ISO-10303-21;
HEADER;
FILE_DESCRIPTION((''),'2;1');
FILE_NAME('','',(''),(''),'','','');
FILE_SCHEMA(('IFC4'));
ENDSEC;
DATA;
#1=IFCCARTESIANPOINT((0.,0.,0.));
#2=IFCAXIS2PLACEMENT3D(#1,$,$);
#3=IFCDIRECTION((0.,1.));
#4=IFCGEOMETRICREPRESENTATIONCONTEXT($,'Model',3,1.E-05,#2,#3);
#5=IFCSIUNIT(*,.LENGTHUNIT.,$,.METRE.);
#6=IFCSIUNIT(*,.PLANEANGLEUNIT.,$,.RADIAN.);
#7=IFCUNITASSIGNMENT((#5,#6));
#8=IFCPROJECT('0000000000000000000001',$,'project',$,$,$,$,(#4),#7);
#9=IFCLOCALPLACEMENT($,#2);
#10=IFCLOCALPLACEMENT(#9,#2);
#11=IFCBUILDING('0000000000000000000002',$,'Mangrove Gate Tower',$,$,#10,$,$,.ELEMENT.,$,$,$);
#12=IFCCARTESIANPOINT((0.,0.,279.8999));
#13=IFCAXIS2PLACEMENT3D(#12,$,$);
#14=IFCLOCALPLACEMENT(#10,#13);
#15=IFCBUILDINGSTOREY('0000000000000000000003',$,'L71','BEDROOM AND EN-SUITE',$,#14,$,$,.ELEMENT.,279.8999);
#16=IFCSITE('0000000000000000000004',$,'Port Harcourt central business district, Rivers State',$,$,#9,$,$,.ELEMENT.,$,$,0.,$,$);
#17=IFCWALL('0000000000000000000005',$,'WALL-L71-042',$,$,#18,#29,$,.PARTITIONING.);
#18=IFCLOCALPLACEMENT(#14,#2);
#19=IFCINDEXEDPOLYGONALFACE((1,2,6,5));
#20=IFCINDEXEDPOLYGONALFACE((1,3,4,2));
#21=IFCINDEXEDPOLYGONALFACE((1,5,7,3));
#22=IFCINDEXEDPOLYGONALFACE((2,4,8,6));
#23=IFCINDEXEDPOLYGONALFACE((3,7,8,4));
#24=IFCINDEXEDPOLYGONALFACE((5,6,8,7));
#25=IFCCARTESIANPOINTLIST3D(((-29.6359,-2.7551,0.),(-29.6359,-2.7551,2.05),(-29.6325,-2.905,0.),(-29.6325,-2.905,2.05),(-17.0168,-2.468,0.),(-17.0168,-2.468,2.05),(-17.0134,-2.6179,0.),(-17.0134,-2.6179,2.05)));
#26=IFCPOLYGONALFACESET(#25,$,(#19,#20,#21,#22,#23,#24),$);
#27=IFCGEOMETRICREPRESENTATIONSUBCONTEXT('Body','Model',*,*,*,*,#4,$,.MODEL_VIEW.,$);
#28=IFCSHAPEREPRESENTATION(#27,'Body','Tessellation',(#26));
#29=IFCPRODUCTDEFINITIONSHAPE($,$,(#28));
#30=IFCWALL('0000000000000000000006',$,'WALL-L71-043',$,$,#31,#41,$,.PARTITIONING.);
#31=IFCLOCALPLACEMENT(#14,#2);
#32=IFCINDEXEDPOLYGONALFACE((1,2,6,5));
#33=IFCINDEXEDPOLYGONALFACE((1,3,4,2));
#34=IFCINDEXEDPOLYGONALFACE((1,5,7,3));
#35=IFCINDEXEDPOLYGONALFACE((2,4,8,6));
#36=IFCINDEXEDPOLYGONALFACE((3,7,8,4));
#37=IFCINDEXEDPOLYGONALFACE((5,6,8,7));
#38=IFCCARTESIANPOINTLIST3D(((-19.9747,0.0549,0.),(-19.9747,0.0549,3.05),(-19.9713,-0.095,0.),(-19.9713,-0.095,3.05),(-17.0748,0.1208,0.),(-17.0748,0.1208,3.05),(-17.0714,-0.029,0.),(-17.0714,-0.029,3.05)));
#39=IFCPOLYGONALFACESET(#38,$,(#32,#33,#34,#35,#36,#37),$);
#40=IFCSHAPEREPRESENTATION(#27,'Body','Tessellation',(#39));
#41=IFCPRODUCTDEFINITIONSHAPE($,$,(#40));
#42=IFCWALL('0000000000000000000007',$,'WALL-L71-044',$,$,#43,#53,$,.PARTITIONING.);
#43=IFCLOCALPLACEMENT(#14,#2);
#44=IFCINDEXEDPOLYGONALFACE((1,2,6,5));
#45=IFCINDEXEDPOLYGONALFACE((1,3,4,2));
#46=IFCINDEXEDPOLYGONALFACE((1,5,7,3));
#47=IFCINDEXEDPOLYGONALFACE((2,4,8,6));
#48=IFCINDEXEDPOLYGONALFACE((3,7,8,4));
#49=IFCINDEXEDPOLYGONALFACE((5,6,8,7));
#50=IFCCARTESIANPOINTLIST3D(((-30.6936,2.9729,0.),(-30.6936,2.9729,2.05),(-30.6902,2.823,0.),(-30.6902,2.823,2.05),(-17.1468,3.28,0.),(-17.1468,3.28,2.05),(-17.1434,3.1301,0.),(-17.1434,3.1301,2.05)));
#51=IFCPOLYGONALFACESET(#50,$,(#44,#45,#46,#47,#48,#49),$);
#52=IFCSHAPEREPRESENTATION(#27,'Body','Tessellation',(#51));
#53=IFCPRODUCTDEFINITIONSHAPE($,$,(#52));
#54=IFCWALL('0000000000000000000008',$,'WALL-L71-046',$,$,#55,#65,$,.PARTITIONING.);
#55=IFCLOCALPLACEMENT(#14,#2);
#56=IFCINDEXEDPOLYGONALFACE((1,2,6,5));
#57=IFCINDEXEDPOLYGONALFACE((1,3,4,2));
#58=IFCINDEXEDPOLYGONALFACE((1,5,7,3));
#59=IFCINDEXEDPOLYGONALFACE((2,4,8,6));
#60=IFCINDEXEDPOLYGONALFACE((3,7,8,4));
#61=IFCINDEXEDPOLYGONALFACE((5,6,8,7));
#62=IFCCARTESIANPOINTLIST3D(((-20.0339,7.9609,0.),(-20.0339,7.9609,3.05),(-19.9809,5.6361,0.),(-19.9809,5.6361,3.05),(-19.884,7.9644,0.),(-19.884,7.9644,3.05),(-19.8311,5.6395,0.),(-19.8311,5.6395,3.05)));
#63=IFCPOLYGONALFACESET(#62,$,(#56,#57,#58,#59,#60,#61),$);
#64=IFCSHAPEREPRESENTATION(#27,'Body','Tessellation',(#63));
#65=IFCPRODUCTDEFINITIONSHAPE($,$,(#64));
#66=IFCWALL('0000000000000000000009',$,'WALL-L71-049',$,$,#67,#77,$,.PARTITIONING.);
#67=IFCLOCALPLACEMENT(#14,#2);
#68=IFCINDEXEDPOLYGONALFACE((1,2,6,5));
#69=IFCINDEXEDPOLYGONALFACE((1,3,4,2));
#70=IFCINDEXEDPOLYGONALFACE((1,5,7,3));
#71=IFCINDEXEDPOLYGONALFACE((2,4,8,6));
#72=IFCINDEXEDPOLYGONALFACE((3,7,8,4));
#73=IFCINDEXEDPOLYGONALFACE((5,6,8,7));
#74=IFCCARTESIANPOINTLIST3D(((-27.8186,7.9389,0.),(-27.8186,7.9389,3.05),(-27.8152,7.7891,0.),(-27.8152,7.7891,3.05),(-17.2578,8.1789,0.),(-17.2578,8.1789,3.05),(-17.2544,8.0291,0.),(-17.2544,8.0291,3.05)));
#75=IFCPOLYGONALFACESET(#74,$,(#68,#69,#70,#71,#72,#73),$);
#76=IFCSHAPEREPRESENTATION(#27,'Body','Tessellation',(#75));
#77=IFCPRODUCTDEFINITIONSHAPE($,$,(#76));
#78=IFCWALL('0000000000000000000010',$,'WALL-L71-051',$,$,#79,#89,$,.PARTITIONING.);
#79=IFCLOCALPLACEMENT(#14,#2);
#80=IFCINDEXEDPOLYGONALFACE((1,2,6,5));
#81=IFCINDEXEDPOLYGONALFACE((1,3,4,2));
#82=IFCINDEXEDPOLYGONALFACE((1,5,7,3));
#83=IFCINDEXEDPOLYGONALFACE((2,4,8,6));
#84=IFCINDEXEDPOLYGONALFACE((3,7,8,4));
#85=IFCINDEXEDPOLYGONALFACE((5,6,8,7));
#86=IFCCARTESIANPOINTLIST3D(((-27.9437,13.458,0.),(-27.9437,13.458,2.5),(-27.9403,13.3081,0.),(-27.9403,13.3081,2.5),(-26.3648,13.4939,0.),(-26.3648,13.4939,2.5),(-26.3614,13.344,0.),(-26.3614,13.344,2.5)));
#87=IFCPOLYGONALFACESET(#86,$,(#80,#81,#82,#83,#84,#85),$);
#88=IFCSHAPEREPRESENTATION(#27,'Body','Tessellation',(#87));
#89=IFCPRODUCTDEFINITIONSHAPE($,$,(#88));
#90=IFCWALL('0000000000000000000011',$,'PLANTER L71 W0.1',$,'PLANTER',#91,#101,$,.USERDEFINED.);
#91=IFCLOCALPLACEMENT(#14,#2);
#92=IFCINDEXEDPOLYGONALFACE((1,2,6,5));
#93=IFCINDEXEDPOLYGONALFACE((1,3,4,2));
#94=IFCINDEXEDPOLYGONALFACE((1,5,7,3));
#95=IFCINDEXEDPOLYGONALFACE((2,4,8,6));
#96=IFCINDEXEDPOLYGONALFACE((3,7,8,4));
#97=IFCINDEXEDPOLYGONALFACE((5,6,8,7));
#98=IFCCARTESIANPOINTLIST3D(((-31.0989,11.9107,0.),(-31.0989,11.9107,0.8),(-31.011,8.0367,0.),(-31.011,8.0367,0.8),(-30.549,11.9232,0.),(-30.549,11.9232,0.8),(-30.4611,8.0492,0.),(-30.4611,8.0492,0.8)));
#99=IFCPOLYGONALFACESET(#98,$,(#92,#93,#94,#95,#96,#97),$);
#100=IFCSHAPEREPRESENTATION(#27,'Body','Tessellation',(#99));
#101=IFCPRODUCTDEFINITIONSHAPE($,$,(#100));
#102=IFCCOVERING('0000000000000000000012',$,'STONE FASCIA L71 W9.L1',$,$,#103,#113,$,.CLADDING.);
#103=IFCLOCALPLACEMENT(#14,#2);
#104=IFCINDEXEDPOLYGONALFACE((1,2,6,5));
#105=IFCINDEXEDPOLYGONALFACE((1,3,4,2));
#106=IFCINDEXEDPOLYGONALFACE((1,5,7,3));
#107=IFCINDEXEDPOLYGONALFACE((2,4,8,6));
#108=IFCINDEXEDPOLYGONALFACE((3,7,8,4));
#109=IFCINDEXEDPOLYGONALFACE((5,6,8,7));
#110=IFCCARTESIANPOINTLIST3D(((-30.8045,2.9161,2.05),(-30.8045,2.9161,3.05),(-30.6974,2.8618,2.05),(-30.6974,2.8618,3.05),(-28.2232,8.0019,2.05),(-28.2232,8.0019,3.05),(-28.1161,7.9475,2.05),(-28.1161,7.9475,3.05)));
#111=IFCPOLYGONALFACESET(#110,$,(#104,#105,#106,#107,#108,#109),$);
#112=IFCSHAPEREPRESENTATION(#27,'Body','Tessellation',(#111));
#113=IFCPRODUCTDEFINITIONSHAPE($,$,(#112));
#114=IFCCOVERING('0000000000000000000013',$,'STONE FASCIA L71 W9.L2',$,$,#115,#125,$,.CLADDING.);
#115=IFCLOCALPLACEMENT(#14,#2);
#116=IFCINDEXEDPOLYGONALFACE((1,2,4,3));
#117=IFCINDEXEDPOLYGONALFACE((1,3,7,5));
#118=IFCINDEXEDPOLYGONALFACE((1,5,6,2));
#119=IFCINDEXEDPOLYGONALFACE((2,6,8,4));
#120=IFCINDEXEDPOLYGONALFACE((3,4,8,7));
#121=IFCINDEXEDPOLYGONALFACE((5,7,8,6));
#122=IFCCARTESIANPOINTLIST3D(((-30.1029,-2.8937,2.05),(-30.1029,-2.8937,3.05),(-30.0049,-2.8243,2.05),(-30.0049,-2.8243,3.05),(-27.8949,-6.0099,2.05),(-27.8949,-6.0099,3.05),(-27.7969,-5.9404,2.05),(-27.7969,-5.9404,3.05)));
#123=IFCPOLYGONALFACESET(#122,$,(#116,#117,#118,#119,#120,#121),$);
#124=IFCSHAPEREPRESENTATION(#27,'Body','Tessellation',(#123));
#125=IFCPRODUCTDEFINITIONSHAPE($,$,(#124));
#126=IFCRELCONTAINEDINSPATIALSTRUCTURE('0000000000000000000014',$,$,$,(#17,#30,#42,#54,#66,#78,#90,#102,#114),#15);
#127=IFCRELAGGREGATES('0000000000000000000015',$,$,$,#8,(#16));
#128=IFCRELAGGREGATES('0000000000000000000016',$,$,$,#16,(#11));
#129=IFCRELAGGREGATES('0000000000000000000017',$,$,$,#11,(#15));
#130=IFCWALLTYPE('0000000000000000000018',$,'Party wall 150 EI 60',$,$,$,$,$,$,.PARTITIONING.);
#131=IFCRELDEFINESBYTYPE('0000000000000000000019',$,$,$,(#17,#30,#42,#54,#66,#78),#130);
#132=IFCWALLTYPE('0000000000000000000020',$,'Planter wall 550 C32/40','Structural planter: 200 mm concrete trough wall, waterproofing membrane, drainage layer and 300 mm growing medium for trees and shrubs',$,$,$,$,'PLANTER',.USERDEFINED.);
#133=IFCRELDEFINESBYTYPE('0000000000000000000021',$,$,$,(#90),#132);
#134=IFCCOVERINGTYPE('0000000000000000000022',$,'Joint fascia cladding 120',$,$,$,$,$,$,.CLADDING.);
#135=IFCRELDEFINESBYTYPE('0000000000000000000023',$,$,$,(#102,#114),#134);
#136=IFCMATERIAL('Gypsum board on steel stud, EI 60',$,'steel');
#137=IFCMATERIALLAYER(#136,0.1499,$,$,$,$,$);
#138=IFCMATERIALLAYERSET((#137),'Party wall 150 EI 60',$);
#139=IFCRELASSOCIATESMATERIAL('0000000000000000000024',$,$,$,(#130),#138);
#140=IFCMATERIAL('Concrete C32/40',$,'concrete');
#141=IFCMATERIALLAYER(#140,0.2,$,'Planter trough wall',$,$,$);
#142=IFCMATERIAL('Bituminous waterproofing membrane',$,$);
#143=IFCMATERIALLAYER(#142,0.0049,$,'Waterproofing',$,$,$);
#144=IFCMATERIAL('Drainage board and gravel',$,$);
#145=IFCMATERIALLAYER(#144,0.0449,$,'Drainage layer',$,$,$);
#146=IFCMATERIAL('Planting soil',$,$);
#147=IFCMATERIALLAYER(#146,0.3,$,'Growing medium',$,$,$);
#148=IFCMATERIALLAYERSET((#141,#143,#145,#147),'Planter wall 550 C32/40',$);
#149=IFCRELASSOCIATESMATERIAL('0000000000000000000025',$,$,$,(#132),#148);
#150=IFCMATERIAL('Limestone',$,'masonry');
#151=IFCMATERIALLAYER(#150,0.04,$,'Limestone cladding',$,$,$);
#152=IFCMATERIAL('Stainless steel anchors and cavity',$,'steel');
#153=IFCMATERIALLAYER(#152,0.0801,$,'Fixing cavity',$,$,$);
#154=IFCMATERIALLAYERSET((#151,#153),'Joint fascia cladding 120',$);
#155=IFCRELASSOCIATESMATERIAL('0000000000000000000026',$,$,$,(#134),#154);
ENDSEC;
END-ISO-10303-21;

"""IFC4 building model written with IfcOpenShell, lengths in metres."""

from ifc_helpers import new_model, si_unit, direction, frame, frame_2d, origin, place, context, subcontext, project, spatial, rectangle, extrude, material, layer, layer_set, type_object, element, save


model = new_model("IFC4")

# Units and contexts
model_context = context("Model", 3, precision=1e-05, world=origin(), true_north=direction((0.0, 1.0)))
body_context = subcontext(model_context, "Body", "Model", "MODEL_VIEW")
ifc_project = project(units=[si_unit("LENGTHUNIT", "METRE"), si_unit("PLANEANGLEUNIT", "RADIAN")], contexts=[model_context])

# Site, building, storey
site_placement = place(None, origin())
site = spatial("IfcSite", under=ifc_project, at=site_placement, Name="Port Harcourt central business district, Rivers State", CompositionType="ELEMENT", RefElevation=0.0)
building_placement = place(site_placement, origin())
building = spatial("IfcBuilding", under=site, at=building_placement, Name="Mangrove Gate Tower", CompositionType="ELEMENT")
storey_placement = place(building_placement, frame((0.0, 0.0, 279.8999)))
storey = spatial("IfcBuildingStorey", under=building, at=storey_placement, Name="L71", Description="BEDROOM AND EN-SUITE", CompositionType="ELEMENT", Elevation=279.8999)

# Shared definitions
ifc_material_1 = material(Name="Limestone", Category="masonry")

# Walls
ifc_material_2 = material(Name="Gypsum board on steel stud, EI 60", Category="steel")
ifc_layer_1 = layer(ifc_material_2, 0.1499)
ifc_layer_set_1 = layer_set([ifc_layer_1], Name="Party wall 150 EI 60")
wall_type_1 = type_object("IfcWallType", Name="Party wall 150 EI 60", PredefinedType="PARTITIONING", material=ifc_layer_set_1)
wall_1_placement = place(storey_placement, frame((-29.634, -2.8301, 0.0), z_axis=(0.0, 0.0, 1.0), x_axis=(0.999741, 0.022746, 0.0)))
element("IfcWall", 1, at=wall_1_placement, inside=storey, type_object=wall_type_1, Name="WALL-L71-042", PredefinedType="PARTITIONING", context=body_context, shape_type="SweptSolid", body=[
    extrude(rectangle(XDim=12.6223, YDim=0.1499, at=frame_2d((6.311, 0.0))), origin(), (0.0, 0.0, 1.0), 2.05),
])
wall_2_placement = place(storey_placement, frame((-19.9729, -0.02, 0.0), z_axis=(0.0, 0.0, 1.0), x_axis=(0.999742, 0.022725, 0.0)))
element("IfcWall", 2, at=wall_2_placement, inside=storey, type_object=wall_type_1, Name="WALL-L71-043", PredefinedType="PARTITIONING", context=body_context, shape_type="SweptSolid", body=[
    extrude(rectangle(XDim=2.9006, YDim=0.1499, at=frame_2d((1.4502, 0.0))), origin(), (0.0, 0.0, 1.0), 3.05),
])
wall_3_placement = place(storey_placement, frame((-30.6919, 2.8979, 0.0), z_axis=(0.0, 0.0, 1.0), x_axis=(0.999743, 0.022666, 0.0)))
element("IfcWall", 3, at=wall_3_placement, inside=storey, type_object=wall_type_1, Name="WALL-L71-044", PredefinedType="PARTITIONING", context=body_context, shape_type="SweptSolid", body=[
    extrude(rectangle(XDim=13.5503, YDim=0.1499, at=frame_2d((6.7751, 0.0))), origin(), (0.0, 0.0, 1.0), 2.05),
])
wall_4_placement = place(storey_placement, frame((-19.906, 5.6379, 0.0), z_axis=(0.0, 0.0, 1.0), x_axis=(-0.022781, 0.99974, 0.0)))
element("IfcWall", 4, at=wall_4_placement, inside=storey, type_object=wall_type_1, Name="WALL-L71-046", PredefinedType="PARTITIONING", context=body_context, shape_type="SweptSolid", body=[
    extrude(rectangle(XDim=2.3254, YDim=0.1499, at=frame_2d((1.1626, 0.0))), origin(), (0.0, 0.0, 1.0), 3.05),
])
wall_5_placement = place(storey_placement, frame((-27.8169, 7.864, 0.0), z_axis=(0.0, 0.0, 1.0), x_axis=(0.999742, 0.022719, 0.0)))
element("IfcWall", 5, at=wall_5_placement, inside=storey, type_object=wall_type_1, Name="WALL-L71-049", PredefinedType="PARTITIONING", context=body_context, shape_type="SweptSolid", body=[
    extrude(rectangle(XDim=10.5635, YDim=0.1499, at=frame_2d((5.2817, 0.0))), origin(), (0.0, 0.0, 1.0), 3.05),
])
wall_6_placement = place(storey_placement, frame((-27.9419, 13.3831, 0.0), z_axis=(0.0, 0.0, 1.0), x_axis=(0.999742, 0.022725, 0.0)))
element("IfcWall", 6, at=wall_6_placement, inside=storey, type_object=wall_type_1, Name="WALL-L71-051", PredefinedType="PARTITIONING", context=body_context, shape_type="SweptSolid", body=[
    extrude(rectangle(XDim=1.5793, YDim=0.1499, at=frame_2d((0.7896, 0.0))), origin(), (0.0, 0.0, 1.0), 2.5),
])
ifc_material_3 = material(Name="Concrete C32/40", Category="concrete")
ifc_layer_2 = layer(ifc_material_3, 0.2, Name="Planter trough wall")
ifc_material_4 = material(Name="Bituminous waterproofing membrane")
ifc_layer_3 = layer(ifc_material_4, 0.0049, Name="Waterproofing")
ifc_material_5 = material(Name="Drainage board and gravel")
ifc_layer_4 = layer(ifc_material_5, 0.0449, Name="Drainage layer")
ifc_material_6 = material(Name="Planting soil")
ifc_layer_5 = layer(ifc_material_6, 0.3, Name="Growing medium")
ifc_layer_set_2 = layer_set([ifc_layer_2, ifc_layer_3, ifc_layer_4, ifc_layer_5], Name="Planter wall 550 C32/40")
wall_type_2 = type_object("IfcWallType", Name="Planter wall 550 C32/40", Description="Structural planter: 200 mm concrete trough wall, waterproofing membrane, drainage layer and 300 mm growing medium for trees and shrubs", ElementType="PLANTER", PredefinedType="USERDEFINED", material=ifc_layer_set_2)
wall_7_placement = place(storey_placement, frame((-30.7361, 8.043, 0.0), z_axis=(0.0, 0.0, 1.0), x_axis=(-0.022681, 0.999743, 0.0)))
element("IfcWall", 7, at=wall_7_placement, inside=storey, type_object=wall_type_2, Name="PLANTER L71 W0.1", ObjectType="PLANTER", PredefinedType="USERDEFINED", context=body_context, shape_type="SweptSolid", body=[
    extrude(rectangle(XDim=3.875, YDim=0.55, at=frame_2d((1.9375, 0.0))), origin(), (0.0, 0.0, 1.0), 0.8),
])

# Coverings
ifc_layer_6 = layer(ifc_material_1, 0.04, Name="Limestone cladding")
ifc_material_7 = material(Name="Stainless steel anchors and cavity", Category="steel")
ifc_layer_7 = layer(ifc_material_7, 0.0801, Name="Fixing cavity")
ifc_layer_set_3 = layer_set([ifc_layer_6, ifc_layer_7], Name="Joint fascia cladding 120")
covering_type = type_object("IfcCoveringType", Name="Joint fascia cladding 120", PredefinedType="CLADDING", material=ifc_layer_set_3)
covering_1_placement = place(storey_placement, frame((-28.1697, 7.9746, 2.05), z_axis=(0.0, 0.0, 1.0), x_axis=(-0.452599, -0.891714, 0.0)))
element("IfcCovering", 8, at=covering_1_placement, inside=storey, type_object=covering_type, Name="STONE FASCIA L71 W9.L1", PredefinedType="CLADDING", context=body_context, shape_type="SweptSolid", body=[
    extrude(rectangle(XDim=5.7034, YDim=0.1201, at=frame_2d((2.8516, 0.0))), origin(), (0.0, 0.0, 1.0), 1.0),
])
covering_2_placement = place(storey_placement, frame((-30.054, -2.8589, 2.05), z_axis=(0.0, 0.0, 1.0), x_axis=(0.578138, -0.815939, 0.0)))
element("IfcCovering", 9, at=covering_2_placement, inside=storey, type_object=covering_type, Name="STONE FASCIA L71 W9.L2", PredefinedType="CLADDING", context=body_context, shape_type="SweptSolid", body=[
    extrude(rectangle(XDim=3.8191, YDim=0.1201, at=frame_2d((1.9097, 0.0))), origin(), (0.0, 0.0, 1.0), 1.0),
])

save(model, "model.ifc")
